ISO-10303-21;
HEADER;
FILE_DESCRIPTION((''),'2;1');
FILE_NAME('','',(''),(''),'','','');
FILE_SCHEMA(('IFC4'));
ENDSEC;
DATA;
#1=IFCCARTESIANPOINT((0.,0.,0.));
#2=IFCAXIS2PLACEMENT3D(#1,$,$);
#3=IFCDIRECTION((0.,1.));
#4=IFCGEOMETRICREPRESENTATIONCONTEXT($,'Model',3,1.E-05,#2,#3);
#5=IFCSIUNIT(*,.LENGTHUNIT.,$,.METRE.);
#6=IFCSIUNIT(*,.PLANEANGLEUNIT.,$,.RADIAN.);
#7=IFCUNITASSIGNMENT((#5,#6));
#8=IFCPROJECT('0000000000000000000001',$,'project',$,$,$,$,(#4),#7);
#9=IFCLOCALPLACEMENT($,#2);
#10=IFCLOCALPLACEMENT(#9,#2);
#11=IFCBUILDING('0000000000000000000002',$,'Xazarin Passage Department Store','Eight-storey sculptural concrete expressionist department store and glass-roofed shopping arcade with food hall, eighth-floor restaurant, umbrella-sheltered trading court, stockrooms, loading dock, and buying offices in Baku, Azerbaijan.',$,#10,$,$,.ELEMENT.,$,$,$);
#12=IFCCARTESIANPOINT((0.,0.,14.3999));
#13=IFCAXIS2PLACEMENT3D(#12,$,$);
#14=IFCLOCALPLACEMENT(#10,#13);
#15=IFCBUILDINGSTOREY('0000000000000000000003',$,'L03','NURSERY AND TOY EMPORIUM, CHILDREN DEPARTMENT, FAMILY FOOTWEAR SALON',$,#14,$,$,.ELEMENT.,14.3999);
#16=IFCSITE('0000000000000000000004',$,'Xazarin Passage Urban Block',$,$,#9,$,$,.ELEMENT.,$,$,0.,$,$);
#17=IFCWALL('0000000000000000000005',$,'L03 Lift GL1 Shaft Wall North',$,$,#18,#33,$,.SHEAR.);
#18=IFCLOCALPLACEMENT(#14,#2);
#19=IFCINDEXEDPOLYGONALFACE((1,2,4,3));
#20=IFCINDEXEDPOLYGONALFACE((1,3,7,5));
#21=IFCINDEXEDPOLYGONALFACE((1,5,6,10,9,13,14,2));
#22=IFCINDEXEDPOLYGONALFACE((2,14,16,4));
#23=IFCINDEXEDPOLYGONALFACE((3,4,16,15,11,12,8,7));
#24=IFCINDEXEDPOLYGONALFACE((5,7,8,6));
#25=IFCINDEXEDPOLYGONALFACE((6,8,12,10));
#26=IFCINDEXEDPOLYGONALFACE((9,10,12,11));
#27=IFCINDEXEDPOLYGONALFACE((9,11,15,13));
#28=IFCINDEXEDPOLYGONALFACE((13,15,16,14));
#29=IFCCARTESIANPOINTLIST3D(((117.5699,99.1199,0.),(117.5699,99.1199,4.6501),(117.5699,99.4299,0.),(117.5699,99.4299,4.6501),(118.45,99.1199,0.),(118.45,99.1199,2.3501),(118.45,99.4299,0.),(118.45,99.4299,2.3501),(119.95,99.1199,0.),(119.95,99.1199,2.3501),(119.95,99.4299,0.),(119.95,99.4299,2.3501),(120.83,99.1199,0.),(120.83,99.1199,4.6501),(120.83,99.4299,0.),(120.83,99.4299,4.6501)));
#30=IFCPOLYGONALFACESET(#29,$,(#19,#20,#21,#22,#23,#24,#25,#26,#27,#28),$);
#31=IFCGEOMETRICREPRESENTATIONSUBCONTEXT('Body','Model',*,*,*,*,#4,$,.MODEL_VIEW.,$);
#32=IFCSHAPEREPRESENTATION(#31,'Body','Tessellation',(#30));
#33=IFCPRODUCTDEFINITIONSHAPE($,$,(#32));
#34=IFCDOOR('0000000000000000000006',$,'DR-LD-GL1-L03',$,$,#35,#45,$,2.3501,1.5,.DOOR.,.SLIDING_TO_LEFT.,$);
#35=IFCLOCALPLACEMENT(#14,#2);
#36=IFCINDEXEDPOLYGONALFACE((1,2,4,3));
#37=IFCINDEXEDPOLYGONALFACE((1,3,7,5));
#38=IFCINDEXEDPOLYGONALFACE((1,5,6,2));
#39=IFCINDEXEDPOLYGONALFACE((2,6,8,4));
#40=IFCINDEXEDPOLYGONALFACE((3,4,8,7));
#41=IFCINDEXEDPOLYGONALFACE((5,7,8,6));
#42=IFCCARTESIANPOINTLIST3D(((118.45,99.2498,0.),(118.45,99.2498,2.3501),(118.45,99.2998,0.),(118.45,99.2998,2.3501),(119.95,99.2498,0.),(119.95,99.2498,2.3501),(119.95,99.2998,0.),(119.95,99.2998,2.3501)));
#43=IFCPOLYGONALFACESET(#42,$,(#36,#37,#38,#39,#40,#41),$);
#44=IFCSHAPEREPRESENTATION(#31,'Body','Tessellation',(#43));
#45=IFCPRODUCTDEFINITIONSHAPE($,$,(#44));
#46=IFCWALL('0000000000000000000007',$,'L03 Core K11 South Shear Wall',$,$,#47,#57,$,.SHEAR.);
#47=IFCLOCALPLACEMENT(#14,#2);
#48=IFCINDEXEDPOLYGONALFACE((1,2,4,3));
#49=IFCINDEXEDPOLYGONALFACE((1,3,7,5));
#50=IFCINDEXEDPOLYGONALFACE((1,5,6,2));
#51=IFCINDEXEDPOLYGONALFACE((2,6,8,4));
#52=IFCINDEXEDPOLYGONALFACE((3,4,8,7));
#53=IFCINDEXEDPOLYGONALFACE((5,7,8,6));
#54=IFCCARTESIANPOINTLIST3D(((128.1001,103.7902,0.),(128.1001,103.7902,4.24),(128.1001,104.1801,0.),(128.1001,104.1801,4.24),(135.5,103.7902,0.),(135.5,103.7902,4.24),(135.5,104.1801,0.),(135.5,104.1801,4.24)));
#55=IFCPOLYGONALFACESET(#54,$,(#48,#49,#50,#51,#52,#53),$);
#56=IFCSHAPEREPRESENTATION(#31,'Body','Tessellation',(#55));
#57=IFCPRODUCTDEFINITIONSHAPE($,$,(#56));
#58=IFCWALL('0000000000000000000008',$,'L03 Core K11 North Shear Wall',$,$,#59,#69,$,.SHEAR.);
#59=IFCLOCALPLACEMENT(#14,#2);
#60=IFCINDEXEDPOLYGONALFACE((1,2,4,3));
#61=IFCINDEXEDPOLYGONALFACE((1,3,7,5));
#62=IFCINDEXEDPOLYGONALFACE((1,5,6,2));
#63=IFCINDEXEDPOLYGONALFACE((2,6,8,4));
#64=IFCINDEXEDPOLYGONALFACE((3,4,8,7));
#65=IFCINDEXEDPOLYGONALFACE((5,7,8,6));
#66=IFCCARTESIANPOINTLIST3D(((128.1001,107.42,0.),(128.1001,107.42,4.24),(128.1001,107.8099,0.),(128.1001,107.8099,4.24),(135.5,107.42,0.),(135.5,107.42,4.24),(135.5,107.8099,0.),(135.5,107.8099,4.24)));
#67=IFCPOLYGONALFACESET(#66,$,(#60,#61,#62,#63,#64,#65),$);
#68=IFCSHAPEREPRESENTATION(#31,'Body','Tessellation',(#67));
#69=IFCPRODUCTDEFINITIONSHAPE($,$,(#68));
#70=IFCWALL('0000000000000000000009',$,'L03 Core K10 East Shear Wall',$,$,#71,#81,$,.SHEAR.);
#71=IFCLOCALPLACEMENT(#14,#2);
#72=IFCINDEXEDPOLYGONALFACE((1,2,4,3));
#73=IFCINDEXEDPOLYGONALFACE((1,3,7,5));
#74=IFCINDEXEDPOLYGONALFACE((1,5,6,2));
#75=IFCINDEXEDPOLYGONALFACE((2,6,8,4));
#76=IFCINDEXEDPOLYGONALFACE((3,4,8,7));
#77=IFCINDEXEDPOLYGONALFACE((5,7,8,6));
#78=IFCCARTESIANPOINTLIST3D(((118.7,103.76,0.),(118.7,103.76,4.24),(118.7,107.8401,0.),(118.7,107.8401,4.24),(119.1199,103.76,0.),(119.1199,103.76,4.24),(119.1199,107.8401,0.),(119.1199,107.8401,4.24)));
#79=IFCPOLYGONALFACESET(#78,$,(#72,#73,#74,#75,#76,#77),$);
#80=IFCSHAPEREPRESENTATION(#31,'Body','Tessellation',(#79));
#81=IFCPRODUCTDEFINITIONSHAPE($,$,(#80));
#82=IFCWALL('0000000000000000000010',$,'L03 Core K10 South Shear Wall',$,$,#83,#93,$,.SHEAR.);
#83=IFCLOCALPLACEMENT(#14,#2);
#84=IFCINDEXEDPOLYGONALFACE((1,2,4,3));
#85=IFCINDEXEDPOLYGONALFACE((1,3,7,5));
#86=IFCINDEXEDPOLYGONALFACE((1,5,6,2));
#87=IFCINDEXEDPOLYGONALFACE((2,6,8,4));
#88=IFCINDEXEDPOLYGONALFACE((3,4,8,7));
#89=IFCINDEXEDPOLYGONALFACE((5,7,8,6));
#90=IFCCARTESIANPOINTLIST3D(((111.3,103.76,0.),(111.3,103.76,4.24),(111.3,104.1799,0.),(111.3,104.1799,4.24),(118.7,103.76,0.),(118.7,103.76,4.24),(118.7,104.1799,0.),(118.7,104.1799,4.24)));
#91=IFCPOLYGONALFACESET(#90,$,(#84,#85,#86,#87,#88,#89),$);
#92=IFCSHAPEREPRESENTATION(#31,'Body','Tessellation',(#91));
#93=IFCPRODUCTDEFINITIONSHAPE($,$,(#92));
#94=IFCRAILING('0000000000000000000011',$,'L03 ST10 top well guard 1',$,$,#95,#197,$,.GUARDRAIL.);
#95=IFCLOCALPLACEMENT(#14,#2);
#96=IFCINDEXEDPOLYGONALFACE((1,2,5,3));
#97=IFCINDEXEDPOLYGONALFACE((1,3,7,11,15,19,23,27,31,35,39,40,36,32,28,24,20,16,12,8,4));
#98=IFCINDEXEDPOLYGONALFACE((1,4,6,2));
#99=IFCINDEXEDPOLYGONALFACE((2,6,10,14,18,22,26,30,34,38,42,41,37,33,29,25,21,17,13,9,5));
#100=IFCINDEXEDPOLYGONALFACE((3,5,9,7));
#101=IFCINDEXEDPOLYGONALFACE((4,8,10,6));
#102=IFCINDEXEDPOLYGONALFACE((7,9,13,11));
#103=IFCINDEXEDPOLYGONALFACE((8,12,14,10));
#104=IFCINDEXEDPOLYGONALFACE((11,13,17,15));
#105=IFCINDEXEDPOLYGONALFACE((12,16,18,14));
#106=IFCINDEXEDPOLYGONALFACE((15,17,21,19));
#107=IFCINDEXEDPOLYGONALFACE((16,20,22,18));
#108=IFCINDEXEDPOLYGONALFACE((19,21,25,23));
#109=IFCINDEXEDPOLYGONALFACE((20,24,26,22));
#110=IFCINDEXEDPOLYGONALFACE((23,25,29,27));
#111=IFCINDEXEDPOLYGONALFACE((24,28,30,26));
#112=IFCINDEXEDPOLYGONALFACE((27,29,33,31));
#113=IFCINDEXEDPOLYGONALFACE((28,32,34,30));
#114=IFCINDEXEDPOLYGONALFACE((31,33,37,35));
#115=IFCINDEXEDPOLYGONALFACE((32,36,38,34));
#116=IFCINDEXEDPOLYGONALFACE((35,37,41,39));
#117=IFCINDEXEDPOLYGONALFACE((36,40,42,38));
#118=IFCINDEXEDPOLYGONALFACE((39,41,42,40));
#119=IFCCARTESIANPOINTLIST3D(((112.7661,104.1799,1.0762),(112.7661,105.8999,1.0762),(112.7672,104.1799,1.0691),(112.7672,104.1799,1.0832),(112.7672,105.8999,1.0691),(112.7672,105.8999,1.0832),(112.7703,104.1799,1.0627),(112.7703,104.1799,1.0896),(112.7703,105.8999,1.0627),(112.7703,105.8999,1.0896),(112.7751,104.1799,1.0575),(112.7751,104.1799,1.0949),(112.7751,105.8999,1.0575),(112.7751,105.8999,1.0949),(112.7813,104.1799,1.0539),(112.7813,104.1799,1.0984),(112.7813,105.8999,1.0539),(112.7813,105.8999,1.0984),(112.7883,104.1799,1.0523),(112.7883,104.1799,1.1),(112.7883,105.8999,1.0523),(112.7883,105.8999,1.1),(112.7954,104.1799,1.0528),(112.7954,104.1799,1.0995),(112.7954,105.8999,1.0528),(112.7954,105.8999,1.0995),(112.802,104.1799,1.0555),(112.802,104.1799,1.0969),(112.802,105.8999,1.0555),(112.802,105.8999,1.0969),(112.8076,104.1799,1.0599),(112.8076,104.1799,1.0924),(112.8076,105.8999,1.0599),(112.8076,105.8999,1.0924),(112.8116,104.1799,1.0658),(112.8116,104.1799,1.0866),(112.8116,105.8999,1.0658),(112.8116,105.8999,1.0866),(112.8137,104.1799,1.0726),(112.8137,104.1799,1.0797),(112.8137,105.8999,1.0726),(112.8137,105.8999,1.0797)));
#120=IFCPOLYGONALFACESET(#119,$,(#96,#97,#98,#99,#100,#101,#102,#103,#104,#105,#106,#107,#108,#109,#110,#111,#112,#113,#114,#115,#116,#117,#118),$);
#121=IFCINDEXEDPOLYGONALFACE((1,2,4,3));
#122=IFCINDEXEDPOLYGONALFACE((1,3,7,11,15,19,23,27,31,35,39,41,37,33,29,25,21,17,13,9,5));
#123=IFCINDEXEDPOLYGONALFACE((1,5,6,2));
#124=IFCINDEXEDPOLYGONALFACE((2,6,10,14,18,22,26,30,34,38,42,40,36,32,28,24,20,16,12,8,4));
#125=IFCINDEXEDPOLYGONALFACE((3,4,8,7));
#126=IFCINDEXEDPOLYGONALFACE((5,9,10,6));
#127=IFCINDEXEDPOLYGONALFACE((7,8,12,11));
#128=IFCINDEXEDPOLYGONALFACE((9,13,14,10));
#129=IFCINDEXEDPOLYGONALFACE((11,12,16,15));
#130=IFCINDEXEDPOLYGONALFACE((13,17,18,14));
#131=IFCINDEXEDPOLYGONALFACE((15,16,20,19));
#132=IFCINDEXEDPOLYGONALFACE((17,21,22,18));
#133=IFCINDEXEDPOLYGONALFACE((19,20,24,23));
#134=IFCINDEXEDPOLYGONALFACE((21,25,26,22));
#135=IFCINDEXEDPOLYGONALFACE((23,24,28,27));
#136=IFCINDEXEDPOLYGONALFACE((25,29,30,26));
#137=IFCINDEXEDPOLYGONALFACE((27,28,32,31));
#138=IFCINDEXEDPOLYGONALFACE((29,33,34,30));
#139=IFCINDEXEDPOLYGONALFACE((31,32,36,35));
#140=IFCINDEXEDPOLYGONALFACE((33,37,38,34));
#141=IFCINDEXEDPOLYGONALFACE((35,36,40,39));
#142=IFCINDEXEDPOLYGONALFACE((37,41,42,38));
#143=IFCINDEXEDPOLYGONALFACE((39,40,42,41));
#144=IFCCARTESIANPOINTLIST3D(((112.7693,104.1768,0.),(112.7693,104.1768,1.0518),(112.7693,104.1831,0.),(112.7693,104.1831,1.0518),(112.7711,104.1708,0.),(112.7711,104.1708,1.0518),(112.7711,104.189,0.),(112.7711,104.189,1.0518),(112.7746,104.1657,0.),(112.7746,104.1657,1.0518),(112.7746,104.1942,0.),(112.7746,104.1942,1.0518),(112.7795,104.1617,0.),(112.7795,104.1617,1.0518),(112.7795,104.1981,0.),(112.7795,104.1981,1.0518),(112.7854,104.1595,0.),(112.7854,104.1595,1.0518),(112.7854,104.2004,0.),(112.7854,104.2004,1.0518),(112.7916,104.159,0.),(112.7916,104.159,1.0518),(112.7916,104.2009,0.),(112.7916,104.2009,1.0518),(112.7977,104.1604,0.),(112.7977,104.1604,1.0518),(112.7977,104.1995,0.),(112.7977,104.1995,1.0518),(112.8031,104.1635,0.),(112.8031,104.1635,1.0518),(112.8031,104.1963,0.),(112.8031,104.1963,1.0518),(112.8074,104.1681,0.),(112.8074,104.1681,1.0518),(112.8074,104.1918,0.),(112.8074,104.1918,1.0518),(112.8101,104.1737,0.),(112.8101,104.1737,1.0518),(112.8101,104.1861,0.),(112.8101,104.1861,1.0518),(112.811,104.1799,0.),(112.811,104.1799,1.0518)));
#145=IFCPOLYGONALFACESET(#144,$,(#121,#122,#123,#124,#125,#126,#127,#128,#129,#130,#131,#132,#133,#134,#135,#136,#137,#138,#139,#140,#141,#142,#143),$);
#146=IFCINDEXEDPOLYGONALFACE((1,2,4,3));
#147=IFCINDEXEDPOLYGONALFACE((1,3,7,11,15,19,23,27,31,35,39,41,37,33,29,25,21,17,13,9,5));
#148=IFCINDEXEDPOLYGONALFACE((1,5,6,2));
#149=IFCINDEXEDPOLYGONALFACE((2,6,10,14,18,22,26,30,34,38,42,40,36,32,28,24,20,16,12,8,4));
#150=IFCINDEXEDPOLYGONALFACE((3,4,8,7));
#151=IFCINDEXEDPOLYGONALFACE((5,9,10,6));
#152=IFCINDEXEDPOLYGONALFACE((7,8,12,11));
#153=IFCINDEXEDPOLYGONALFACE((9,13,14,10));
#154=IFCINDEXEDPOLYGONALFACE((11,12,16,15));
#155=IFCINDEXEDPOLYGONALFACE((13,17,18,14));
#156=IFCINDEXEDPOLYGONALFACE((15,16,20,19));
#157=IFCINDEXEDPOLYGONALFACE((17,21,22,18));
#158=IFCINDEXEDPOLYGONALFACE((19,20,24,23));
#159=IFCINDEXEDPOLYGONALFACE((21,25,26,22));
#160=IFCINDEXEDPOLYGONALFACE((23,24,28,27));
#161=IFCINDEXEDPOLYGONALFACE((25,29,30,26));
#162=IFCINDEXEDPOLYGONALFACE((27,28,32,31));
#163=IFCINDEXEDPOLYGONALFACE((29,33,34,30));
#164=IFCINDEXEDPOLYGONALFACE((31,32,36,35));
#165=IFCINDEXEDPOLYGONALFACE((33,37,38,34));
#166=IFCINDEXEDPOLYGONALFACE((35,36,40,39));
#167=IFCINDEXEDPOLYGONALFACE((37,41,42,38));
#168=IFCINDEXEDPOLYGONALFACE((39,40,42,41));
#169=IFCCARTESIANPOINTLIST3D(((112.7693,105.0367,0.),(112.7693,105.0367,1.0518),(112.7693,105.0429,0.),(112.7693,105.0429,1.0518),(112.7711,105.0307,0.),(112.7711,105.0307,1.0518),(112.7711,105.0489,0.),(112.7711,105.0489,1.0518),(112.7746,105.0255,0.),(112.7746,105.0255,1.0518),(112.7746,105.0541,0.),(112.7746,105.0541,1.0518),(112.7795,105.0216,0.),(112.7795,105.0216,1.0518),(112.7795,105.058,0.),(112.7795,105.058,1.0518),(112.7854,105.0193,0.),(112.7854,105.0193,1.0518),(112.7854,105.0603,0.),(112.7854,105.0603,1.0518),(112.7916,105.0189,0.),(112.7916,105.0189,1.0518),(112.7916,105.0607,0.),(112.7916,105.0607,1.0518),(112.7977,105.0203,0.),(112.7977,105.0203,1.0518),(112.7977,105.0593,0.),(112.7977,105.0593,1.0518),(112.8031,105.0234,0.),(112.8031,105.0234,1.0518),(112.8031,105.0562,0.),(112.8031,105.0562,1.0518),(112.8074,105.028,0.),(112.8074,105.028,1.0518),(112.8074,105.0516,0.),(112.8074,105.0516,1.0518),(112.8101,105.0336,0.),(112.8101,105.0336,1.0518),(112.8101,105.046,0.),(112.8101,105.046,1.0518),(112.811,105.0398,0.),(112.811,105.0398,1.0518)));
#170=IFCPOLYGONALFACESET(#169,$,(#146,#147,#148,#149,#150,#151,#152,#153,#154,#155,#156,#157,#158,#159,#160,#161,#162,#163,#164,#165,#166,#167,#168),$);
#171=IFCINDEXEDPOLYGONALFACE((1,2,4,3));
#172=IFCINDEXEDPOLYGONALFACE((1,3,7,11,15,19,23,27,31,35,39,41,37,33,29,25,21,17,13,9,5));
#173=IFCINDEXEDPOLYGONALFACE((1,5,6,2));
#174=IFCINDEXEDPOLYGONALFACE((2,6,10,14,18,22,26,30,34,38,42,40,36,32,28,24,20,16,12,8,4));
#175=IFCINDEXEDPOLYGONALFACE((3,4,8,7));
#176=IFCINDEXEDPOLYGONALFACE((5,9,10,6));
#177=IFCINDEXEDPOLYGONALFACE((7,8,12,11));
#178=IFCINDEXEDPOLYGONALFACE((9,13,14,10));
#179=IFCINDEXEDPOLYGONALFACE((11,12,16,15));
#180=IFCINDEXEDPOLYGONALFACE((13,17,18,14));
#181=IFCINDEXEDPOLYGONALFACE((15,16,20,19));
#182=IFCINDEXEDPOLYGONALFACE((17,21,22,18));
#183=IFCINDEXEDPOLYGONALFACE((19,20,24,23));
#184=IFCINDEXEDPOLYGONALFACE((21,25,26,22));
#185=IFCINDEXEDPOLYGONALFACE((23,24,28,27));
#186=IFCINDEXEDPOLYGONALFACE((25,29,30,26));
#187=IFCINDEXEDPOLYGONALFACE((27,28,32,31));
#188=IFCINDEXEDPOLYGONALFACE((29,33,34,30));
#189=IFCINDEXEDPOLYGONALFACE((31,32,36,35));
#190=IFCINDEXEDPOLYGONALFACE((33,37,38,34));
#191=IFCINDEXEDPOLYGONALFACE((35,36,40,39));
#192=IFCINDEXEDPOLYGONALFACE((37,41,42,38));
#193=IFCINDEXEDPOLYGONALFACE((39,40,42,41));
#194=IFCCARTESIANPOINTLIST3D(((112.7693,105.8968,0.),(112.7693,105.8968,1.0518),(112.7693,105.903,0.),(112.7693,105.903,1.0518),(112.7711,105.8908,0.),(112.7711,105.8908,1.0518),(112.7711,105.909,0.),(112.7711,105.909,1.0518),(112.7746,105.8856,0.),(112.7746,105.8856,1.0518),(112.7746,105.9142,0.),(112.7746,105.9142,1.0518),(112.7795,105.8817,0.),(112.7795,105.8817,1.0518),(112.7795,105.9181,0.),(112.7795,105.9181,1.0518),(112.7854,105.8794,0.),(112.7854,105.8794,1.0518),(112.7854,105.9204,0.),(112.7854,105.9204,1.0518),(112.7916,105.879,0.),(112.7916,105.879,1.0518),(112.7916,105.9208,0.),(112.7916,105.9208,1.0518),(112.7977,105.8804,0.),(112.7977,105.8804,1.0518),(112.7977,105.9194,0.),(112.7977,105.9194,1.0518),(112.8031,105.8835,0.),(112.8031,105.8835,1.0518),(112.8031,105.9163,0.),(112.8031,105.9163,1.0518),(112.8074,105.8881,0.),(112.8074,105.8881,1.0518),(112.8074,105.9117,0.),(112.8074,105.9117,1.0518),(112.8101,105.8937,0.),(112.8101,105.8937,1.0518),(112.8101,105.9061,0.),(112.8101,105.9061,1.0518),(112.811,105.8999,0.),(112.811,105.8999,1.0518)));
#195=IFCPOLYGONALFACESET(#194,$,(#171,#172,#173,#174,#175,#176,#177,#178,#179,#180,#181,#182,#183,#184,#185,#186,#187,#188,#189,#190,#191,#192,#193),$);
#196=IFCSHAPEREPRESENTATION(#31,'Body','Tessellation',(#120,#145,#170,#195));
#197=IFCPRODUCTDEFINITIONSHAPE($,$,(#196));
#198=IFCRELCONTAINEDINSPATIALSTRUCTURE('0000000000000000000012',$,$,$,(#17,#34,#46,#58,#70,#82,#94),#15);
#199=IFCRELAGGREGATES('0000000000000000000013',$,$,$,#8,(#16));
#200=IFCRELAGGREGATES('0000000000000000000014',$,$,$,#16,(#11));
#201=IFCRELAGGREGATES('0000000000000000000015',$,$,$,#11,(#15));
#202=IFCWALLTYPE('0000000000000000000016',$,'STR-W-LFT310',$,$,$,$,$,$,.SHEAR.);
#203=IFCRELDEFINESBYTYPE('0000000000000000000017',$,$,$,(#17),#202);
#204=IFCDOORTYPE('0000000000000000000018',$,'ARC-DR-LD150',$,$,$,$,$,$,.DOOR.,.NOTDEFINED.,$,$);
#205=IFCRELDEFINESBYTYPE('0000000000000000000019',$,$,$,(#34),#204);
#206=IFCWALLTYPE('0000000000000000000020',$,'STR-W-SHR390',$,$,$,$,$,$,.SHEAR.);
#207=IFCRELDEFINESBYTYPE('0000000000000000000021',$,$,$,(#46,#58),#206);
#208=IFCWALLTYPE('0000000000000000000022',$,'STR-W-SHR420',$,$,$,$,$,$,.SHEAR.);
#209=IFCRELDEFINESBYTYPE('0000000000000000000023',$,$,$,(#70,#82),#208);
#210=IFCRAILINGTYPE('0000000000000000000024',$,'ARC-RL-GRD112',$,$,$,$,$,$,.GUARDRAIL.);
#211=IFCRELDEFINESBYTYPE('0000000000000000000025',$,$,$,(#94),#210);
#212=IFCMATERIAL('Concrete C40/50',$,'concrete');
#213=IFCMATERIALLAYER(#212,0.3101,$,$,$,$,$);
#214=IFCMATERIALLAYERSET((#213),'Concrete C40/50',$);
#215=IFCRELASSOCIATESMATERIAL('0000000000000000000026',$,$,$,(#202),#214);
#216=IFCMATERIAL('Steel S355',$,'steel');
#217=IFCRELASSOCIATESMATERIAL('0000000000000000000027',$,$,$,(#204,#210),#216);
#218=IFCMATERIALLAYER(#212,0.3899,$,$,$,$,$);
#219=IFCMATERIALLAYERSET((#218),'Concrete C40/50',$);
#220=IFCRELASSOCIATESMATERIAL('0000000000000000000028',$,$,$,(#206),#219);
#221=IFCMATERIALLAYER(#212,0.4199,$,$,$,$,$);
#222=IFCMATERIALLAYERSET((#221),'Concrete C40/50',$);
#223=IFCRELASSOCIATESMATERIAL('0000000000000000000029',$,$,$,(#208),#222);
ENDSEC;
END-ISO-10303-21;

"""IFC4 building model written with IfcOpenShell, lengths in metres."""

from ifc_helpers import new_model, si_unit, direction, frame, frame_2d, origin, origin_2d, place, context, subcontext, project, spatial, rectangle, circle, extrude, material, layer, layer_set, type_object, element, fill, save


model = new_model("IFC4")

# Units and contexts
model_context = context("Model", 3, precision=1e-05, world=origin(), true_north=direction((0.0, 1.0)))
body_context = subcontext(model_context, "Body", "Model", "MODEL_VIEW")
ifc_project = project(units=[si_unit("LENGTHUNIT", "METRE"), si_unit("PLANEANGLEUNIT", "RADIAN")], contexts=[model_context])

# Site, building, storey
site_placement = place(None, origin())
site = spatial("IfcSite", under=ifc_project, at=site_placement, Name="Xazarin Passage Urban Block", CompositionType="ELEMENT", RefElevation=0.0)
building_placement = place(site_placement, origin())
building = spatial("IfcBuilding", under=site, at=building_placement, Name="Xazarin Passage Department Store", Description="Eight-storey sculptural concrete expressionist department store and glass-roofed shopping arcade with food hall, eighth-floor restaurant, umbrella-sheltered trading court, stockrooms, loading dock, and buying offices in Baku, Azerbaijan.", CompositionType="ELEMENT")
storey_placement = place(building_placement, frame((0.0, 0.0, 14.3999)))
storey = spatial("IfcBuildingStorey", under=building, at=storey_placement, Name="L03", Description="NURSERY AND TOY EMPORIUM, CHILDREN DEPARTMENT, FAMILY FOOTWEAR SALON", CompositionType="ELEMENT", Elevation=14.3999)

# Shared definitions
ifc_material_1 = material(Name="Concrete C40/50", Category="concrete")

# Wall, opening, door
ifc_layer_1 = layer(ifc_material_1, 0.3101)
ifc_layer_set_1 = layer_set([ifc_layer_1], Name="Concrete C40/50")
wall_type_1 = type_object("IfcWallType", Name="STR-W-LFT310", PredefinedType="SHEAR", material=ifc_layer_set_1)
wall_1_placement = place(storey_placement, frame((117.5701, 99.2749, 0.0), z_axis=(0.0, 0.0, 1.0), x_axis=(1.0, 0.0, 0.0)))
wall_1 = element("IfcWall", 1, at=wall_1_placement, inside=storey, type_object=wall_type_1, Name="L03 Lift GL1 Shaft Wall North", PredefinedType="SHEAR", context=body_context, shape_type="SweptSolid", body=[
    extrude(rectangle(XDim=3.26, YDim=0.3101, at=frame_2d((1.6299, 0.0))), origin(), (0.0, 0.0, 1.0), 4.6501),
])
opening_placement = place(wall_1_placement, frame((0.8799, 0.0, 0.0)))
opening = element("IfcOpeningElement", 2, at=opening_placement, cuts=wall_1, PredefinedType="OPENING", context=body_context, shape_type="SweptSolid", body=[
    extrude(rectangle(XDim=1.5, YDim=2.3501, at=frame_2d((0.75, 1.175))), frame((0.0, 0.165, 0.0), z_axis=(0.0, -1.0, 0.0), x_axis=(1.0, 0.0, 0.0)), (0.0, 0.0, 1.0), 0.3301),
])
ifc_material_2 = material(Name="Steel S355", Category="steel")
door_type = type_object("IfcDoorType", Name="ARC-DR-LD150", OperationType="NOTDEFINED", PredefinedType="DOOR", material=ifc_material_2)
door_placement = place(opening_placement, origin())
door = element("IfcDoor", 3, at=door_placement, inside=storey, type_object=door_type, Name="DR-LD-GL1-L03", OperationType="SLIDING_TO_LEFT", OverallHeight=2.3501, OverallWidth=1.5, PredefinedType="DOOR", context=body_context, shape_type="SweptSolid", body=[
    extrude(rectangle(XDim=1.5, YDim=2.3501, at=frame_2d((0.75, 1.175))), frame((0.0, 0.0249, 0.0), z_axis=(0.0, -1.0, 0.0), x_axis=(1.0, 0.0, 0.0)), (0.0, 0.0, 1.0), 0.05),
])
fill(opening, door)

# Walls
ifc_layer_2 = layer(ifc_material_1, 0.3899)
ifc_layer_set_2 = layer_set([ifc_layer_2], Name="Concrete C40/50")
wall_type_2 = type_object("IfcWallType", Name="STR-W-SHR390", PredefinedType="SHEAR", material=ifc_layer_set_2)
for number, where, z_axis, x_axis, name in (
    (4, (128.1001, 103.9851, 0.0), (0.0, 0.0, 1.0), (1.0, 0.0, 0.0), "L03 Core K11 South Shear Wall"),
    (5, (128.1001, 107.615, 0.0), (0.0, 0.0, 1.0), (1.0, 0.0, 0.0), "L03 Core K11 North Shear Wall"),
):
    element("IfcWall", number, at=place(storey_placement, frame(where, z_axis=z_axis, x_axis=x_axis)), inside=storey, type_object=wall_type_2, Name=name, PredefinedType="SHEAR", context=body_context, shape_type="SweptSolid", body=[
        extrude(rectangle(XDim=7.3999, YDim=0.3899, at=frame_2d((3.7, 0.0))), origin(), (0.0, 0.0, 1.0), 4.24),
    ])
ifc_layer_3 = layer(ifc_material_1, 0.4199)
ifc_layer_set_3 = layer_set([ifc_layer_3], Name="Concrete C40/50")
wall_type_3 = type_object("IfcWallType", Name="STR-W-SHR420", PredefinedType="SHEAR", material=ifc_layer_set_3)
wall_2_placement = place(storey_placement, frame((118.9099, 103.76, 0.0), z_axis=(0.0, 0.0, 1.0), x_axis=(0.0, 1.0, 0.0)))
element("IfcWall", 6, at=wall_2_placement, inside=storey, type_object=wall_type_3, Name="L03 Core K10 East Shear Wall", PredefinedType="SHEAR", context=body_context, shape_type="SweptSolid", body=[
    extrude(rectangle(XDim=4.0801, YDim=0.4199, at=frame_2d((2.04, 0.0))), origin(), (0.0, 0.0, 1.0), 4.24),
])
wall_3_placement = place(storey_placement, frame((111.3, 103.97, 0.0), z_axis=(0.0, 0.0, 1.0), x_axis=(1.0, 0.0, 0.0)))
element("IfcWall", 7, at=wall_3_placement, inside=storey, type_object=wall_type_3, Name="L03 Core K10 South Shear Wall", PredefinedType="SHEAR", context=body_context, shape_type="SweptSolid", body=[
    extrude(rectangle(XDim=7.3999, YDim=0.4199, at=frame_2d((3.7, 0.0))), origin(), (0.0, 0.0, 1.0), 4.24),
])

# Railing
railing_type = type_object("IfcRailingType", Name="ARC-RL-GRD112", PredefinedType="GUARDRAIL", material=ifc_material_2)
railing_placement = place(storey_placement, frame((112.79, 104.1799, 0.0)))
element("IfcRailing", 8, at=railing_placement, inside=storey, type_object=railing_type, Name="L03 ST10 top well guard 1", PredefinedType="GUARDRAIL", context=body_context, shape_type="SweptSolid", body=[
    extrude(circle(Radius=0.0239, at=origin_2d()), frame((0.0, 0.0, 1.0762), z_axis=(0.0, 1.0, 0.0), x_axis=(-1.0, 0.0, 0.0)), (0.0, 0.0, 1.0), 1.72),
    extrude(circle(Radius=0.021, at=origin_2d()), origin(), (0.0, 0.0, 1.0), 1.0518),
    extrude(circle(Radius=0.021, at=origin_2d()), frame((0.0, 0.8599, 0.0)), (0.0, 0.0, 1.0), 1.0518),
    extrude(circle(Radius=0.021, at=origin_2d()), frame((0.0, 1.72, 0.0)), (0.0, 0.0, 1.0), 1.0518),
])

save(model, "model.ifc")
